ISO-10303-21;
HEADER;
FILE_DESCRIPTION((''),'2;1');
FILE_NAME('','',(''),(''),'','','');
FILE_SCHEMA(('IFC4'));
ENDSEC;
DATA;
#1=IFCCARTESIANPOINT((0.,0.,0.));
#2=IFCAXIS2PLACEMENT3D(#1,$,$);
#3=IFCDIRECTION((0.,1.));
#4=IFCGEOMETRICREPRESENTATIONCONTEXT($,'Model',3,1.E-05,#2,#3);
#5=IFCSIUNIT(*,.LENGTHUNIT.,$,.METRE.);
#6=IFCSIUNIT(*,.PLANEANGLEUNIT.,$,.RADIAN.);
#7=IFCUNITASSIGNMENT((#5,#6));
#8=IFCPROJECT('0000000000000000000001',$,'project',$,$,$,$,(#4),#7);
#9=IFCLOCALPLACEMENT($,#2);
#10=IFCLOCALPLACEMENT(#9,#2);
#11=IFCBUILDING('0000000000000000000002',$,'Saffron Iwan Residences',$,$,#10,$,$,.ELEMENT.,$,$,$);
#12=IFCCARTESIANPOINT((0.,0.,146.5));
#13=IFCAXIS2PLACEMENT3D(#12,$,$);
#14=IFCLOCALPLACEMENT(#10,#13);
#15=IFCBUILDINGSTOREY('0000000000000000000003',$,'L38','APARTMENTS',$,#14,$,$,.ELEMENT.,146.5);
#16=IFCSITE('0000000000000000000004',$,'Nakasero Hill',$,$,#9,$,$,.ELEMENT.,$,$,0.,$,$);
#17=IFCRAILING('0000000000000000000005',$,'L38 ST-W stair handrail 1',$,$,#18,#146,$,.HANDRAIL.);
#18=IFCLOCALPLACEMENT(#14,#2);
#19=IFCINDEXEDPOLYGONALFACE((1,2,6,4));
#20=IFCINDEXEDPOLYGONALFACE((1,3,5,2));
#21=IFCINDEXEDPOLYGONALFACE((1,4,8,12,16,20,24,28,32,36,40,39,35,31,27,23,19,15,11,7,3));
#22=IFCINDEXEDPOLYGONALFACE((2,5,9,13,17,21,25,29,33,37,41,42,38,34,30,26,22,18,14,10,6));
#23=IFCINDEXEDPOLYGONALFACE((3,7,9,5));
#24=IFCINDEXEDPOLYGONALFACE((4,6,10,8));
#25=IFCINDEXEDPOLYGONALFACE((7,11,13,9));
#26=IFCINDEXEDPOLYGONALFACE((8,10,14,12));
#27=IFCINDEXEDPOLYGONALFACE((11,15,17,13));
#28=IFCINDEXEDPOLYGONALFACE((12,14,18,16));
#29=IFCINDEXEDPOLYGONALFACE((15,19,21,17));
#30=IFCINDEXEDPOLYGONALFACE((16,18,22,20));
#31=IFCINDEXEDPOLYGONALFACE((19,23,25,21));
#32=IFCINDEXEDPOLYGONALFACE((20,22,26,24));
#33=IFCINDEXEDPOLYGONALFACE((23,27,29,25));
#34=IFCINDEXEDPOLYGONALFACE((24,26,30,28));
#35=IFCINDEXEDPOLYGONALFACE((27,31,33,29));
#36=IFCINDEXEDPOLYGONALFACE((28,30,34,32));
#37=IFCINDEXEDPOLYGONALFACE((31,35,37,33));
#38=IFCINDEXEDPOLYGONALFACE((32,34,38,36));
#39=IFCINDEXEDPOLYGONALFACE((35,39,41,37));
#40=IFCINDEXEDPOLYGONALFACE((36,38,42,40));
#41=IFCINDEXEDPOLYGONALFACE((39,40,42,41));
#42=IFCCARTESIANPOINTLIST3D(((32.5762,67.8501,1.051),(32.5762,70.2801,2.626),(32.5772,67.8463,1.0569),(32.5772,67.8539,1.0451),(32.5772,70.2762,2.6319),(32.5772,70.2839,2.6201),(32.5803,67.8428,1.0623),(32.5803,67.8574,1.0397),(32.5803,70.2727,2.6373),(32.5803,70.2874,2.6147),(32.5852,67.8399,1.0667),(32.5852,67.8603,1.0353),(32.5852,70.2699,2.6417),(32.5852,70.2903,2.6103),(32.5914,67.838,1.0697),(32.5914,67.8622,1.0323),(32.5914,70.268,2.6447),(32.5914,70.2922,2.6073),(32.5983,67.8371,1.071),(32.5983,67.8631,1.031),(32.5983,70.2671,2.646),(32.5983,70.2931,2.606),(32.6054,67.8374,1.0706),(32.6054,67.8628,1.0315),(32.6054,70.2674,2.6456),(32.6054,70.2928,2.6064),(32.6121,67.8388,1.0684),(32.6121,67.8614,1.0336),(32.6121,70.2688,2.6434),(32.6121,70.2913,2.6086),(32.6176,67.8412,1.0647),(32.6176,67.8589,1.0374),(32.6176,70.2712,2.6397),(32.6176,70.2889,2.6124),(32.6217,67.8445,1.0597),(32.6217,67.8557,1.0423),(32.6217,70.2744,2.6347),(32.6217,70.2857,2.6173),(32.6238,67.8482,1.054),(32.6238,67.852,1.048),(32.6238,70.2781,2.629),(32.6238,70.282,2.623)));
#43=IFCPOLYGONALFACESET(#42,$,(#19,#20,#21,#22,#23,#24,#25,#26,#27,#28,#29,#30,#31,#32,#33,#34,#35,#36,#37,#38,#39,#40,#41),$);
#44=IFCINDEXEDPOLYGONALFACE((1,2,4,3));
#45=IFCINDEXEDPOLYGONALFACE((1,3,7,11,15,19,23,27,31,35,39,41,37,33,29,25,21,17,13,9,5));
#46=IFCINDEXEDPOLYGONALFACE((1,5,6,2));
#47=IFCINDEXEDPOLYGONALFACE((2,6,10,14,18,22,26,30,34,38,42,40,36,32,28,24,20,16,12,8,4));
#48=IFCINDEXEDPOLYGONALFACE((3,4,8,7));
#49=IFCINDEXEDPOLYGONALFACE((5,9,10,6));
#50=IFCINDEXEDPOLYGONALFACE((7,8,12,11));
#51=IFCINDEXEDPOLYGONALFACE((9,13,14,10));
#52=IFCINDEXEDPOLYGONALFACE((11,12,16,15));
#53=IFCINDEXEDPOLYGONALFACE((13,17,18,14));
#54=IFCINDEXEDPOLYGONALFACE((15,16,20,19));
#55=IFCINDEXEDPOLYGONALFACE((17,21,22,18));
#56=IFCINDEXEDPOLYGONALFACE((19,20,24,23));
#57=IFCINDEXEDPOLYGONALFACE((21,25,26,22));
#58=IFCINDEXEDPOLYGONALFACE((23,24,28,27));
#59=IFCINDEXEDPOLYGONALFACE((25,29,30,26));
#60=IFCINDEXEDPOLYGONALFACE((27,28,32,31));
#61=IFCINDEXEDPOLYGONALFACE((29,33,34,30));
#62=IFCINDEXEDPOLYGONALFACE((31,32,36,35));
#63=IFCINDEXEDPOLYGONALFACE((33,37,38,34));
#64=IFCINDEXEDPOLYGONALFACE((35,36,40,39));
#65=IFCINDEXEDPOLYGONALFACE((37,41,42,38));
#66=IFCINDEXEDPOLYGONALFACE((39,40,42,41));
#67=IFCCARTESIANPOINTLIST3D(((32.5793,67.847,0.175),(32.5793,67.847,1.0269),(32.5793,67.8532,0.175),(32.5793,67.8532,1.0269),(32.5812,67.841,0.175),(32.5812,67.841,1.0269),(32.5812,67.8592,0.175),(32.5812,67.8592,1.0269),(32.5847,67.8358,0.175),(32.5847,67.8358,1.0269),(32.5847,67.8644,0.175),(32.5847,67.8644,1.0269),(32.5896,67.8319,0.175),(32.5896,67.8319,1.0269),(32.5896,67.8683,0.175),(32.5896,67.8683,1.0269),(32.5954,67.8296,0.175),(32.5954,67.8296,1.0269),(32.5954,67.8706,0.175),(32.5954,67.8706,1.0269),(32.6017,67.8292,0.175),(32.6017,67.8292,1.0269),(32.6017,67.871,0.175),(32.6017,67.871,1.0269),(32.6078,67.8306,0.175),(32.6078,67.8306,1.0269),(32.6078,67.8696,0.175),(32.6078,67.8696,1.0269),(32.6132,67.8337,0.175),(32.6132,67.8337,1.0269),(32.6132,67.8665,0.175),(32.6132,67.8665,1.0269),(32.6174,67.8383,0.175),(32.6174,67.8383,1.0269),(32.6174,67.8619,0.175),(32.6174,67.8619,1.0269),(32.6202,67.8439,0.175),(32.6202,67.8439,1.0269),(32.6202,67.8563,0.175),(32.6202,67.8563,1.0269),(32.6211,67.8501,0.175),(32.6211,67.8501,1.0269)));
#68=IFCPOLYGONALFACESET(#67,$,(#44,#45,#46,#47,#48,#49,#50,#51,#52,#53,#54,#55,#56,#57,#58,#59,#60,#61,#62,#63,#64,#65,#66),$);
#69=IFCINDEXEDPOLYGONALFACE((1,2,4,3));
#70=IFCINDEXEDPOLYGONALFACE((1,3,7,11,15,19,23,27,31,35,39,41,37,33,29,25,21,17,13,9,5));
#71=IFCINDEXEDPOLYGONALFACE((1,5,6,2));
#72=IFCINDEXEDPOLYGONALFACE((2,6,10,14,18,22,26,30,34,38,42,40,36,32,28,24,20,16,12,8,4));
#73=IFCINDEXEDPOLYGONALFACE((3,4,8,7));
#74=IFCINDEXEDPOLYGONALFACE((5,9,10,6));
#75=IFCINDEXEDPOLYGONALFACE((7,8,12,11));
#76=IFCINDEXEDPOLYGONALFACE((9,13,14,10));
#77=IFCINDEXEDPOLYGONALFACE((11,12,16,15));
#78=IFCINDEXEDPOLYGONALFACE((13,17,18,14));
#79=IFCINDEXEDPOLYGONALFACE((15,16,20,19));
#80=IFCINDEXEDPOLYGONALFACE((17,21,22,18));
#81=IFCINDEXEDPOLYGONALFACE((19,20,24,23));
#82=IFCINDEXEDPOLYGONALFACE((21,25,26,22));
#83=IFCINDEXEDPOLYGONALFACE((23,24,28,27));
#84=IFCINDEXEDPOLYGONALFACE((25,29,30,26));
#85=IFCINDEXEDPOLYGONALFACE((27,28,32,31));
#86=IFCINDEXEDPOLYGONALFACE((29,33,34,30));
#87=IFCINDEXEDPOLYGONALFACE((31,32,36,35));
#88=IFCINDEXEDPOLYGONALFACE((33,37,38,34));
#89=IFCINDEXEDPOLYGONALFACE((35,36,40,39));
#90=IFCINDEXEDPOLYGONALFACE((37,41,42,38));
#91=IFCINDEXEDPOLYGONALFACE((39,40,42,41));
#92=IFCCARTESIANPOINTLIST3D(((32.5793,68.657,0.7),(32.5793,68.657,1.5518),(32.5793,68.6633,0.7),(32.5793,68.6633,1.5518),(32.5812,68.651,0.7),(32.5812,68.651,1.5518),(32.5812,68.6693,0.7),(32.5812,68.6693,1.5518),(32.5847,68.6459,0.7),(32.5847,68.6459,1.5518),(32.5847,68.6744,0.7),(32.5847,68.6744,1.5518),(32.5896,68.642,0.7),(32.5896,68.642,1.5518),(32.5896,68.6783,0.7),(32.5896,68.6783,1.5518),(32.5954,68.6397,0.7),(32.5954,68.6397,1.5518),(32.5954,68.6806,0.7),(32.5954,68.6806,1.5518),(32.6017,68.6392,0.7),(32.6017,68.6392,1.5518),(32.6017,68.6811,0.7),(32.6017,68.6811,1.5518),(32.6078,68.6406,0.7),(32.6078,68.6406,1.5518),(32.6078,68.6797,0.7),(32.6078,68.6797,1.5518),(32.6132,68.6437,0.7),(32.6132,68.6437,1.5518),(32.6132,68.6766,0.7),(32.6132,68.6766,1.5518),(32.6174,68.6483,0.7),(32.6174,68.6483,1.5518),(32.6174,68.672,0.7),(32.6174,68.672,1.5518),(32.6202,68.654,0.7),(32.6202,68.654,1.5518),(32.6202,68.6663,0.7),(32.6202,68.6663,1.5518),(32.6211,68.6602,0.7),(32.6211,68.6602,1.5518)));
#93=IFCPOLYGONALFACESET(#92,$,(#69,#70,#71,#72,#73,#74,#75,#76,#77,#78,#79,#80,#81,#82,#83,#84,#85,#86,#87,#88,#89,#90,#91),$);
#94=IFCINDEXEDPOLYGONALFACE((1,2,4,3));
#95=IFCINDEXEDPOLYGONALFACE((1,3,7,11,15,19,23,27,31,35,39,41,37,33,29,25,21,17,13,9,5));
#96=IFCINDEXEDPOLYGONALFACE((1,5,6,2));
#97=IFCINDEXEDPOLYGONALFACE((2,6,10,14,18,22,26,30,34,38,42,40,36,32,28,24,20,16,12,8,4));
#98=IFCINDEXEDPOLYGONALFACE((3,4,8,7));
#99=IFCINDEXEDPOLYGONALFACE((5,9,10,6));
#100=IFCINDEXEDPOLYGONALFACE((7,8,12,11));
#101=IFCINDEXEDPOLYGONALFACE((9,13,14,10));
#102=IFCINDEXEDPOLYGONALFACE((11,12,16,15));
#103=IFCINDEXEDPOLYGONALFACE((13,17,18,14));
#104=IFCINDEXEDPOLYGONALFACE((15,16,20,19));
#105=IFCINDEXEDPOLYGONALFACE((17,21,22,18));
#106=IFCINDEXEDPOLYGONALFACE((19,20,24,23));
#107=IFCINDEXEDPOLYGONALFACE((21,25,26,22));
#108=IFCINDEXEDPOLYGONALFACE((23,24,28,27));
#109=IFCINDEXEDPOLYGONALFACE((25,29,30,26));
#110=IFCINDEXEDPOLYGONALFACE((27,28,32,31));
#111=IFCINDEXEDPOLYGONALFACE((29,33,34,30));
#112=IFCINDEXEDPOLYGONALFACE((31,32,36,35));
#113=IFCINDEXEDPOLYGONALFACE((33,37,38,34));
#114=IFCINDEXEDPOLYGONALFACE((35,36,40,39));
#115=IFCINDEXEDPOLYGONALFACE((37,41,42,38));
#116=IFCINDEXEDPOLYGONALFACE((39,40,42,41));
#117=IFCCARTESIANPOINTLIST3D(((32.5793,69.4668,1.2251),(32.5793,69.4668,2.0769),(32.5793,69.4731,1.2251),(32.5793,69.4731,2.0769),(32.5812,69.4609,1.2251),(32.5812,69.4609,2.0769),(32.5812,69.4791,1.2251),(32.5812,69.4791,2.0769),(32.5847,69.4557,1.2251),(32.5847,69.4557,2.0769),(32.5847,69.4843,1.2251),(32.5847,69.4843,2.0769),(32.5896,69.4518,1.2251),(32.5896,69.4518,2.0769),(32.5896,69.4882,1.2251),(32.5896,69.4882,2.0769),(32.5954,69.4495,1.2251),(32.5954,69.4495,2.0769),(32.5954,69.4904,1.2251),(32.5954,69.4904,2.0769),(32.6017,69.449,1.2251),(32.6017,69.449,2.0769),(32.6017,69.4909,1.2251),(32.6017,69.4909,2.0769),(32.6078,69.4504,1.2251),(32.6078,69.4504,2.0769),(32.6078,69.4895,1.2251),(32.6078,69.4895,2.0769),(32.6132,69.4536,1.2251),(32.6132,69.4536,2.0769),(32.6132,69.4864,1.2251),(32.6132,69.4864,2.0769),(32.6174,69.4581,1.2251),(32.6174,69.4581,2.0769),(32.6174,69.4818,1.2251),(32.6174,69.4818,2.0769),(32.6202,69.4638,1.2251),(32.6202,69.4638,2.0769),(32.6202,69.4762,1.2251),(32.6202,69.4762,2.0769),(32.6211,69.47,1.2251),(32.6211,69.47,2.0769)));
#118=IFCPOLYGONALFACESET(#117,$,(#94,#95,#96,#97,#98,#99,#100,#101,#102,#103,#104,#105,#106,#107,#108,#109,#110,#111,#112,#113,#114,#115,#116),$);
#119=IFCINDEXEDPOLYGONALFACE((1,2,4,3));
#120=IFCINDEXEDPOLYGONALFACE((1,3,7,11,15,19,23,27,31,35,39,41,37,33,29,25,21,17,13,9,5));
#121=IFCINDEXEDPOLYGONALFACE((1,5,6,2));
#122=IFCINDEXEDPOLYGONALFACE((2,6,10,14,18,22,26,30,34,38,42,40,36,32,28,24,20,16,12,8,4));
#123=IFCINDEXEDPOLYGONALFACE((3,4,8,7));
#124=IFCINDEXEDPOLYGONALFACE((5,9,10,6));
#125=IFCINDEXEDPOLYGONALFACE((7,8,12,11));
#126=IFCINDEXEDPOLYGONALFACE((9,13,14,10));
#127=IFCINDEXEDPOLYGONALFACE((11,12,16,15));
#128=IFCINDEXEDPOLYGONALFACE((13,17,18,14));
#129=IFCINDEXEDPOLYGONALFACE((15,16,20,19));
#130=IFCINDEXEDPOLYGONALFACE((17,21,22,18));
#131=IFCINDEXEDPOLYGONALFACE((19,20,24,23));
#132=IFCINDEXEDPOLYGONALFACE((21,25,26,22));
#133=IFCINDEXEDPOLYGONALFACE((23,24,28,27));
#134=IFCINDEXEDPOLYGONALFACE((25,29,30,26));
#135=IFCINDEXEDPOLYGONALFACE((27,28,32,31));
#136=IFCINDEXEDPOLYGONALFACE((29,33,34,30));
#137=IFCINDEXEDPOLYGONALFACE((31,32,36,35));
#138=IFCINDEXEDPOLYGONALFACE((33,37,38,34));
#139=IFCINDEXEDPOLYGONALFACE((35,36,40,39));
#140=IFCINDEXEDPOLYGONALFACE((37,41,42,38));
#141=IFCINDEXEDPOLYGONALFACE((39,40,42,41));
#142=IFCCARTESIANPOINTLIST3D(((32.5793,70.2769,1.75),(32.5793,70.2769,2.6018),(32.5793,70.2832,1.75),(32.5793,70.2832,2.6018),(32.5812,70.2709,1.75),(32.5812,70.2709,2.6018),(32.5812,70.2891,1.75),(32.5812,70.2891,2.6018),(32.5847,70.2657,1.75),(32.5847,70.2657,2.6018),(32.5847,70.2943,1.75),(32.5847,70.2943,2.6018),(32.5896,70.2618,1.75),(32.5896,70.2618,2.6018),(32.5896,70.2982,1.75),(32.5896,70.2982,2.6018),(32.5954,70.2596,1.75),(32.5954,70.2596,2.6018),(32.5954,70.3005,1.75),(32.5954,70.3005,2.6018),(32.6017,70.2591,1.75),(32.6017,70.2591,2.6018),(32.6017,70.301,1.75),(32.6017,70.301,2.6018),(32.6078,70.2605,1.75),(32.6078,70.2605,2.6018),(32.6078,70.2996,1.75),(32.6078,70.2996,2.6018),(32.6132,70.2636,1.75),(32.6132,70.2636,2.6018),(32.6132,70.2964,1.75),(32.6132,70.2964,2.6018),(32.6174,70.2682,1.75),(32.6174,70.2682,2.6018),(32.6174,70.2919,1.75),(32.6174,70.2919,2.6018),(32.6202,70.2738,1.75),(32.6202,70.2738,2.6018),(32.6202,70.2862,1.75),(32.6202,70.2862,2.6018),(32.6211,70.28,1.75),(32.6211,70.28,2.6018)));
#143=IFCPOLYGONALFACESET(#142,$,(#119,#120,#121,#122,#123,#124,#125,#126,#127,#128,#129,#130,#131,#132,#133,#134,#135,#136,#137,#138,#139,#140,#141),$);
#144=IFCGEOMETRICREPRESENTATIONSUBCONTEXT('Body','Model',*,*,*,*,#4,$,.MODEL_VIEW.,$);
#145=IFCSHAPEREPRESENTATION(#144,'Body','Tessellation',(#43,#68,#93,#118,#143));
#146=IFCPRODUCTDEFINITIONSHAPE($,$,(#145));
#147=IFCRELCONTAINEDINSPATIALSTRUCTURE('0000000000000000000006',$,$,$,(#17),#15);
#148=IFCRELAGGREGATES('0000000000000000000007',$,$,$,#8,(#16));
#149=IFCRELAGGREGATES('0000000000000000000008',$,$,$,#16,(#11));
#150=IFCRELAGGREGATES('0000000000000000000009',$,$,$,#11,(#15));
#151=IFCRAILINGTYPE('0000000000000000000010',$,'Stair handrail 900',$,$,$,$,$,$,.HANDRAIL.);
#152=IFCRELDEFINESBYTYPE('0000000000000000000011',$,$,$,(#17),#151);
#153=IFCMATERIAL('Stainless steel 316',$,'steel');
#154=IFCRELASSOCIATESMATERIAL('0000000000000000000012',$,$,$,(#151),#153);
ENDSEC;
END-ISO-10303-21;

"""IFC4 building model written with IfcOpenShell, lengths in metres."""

from ifc_helpers import new_model, si_unit, direction, frame, origin, origin_2d, place, context, subcontext, project, spatial, circle, extrude, material, type_object, element, save


model = new_model("IFC4")

# Units and contexts
model_context = context("Model", 3, precision=1e-05, world=origin(), true_north=direction((0.0, 1.0)))
body_context = subcontext(model_context, "Body", "Model", "MODEL_VIEW")
ifc_project = project(units=[si_unit("LENGTHUNIT", "METRE"), si_unit("PLANEANGLEUNIT", "RADIAN")], contexts=[model_context])

# Site, building, storey
site_placement = place(None, origin())
site = spatial("IfcSite", under=ifc_project, at=site_placement, Name="Nakasero Hill", CompositionType="ELEMENT", RefElevation=0.0)
building_placement = place(site_placement, origin())
building = spatial("IfcBuilding", under=site, at=building_placement, Name="Saffron Iwan Residences", CompositionType="ELEMENT")
storey_placement = place(building_placement, frame((0.0, 0.0, 146.5)))
storey = spatial("IfcBuildingStorey", under=building, at=storey_placement, Name="L38", Description="APARTMENTS", CompositionType="ELEMENT", Elevation=146.5)

# Railing
ifc_material_1 = material(Name="Stainless steel 316", Category="steel")
railing_type = type_object("IfcRailingType", Name="Stair handrail 900", PredefinedType="HANDRAIL", material=ifc_material_1)
railing_placement = place(storey_placement, frame((32.6001, 67.8501, 0.175)))
element("IfcRailing", 1, at=railing_placement, inside=storey, type_object=railing_type, Name="L38 ST-W stair handrail 1", PredefinedType="HANDRAIL", context=body_context, shape_type="SweptSolid", body=[
    extrude(circle(Radius=0.0239, at=origin_2d()), frame((0.0, 0.0, 0.876), z_axis=(0.0, 0.839154, 0.543894), x_axis=(-1.0, 0.0, 0.0)), (0.0, 0.0, 1.0), 2.8958),
    extrude(circle(Radius=0.021, at=origin_2d()), origin(), (0.0, 0.0, 1.0), 0.8518),
    extrude(circle(Radius=0.021, at=origin_2d()), frame((0.0, 0.8101, 0.5249)), (0.0, 0.0, 1.0), 0.8518),
    extrude(circle(Radius=0.021, at=origin_2d()), frame((0.0, 1.6199, 1.05)), (0.0, 0.0, 1.0), 0.8518),
    extrude(circle(Radius=0.021, at=origin_2d()), frame((0.0, 2.4299, 1.575)), (0.0, 0.0, 1.0), 0.8518),
])

save(model, "model.ifc")
